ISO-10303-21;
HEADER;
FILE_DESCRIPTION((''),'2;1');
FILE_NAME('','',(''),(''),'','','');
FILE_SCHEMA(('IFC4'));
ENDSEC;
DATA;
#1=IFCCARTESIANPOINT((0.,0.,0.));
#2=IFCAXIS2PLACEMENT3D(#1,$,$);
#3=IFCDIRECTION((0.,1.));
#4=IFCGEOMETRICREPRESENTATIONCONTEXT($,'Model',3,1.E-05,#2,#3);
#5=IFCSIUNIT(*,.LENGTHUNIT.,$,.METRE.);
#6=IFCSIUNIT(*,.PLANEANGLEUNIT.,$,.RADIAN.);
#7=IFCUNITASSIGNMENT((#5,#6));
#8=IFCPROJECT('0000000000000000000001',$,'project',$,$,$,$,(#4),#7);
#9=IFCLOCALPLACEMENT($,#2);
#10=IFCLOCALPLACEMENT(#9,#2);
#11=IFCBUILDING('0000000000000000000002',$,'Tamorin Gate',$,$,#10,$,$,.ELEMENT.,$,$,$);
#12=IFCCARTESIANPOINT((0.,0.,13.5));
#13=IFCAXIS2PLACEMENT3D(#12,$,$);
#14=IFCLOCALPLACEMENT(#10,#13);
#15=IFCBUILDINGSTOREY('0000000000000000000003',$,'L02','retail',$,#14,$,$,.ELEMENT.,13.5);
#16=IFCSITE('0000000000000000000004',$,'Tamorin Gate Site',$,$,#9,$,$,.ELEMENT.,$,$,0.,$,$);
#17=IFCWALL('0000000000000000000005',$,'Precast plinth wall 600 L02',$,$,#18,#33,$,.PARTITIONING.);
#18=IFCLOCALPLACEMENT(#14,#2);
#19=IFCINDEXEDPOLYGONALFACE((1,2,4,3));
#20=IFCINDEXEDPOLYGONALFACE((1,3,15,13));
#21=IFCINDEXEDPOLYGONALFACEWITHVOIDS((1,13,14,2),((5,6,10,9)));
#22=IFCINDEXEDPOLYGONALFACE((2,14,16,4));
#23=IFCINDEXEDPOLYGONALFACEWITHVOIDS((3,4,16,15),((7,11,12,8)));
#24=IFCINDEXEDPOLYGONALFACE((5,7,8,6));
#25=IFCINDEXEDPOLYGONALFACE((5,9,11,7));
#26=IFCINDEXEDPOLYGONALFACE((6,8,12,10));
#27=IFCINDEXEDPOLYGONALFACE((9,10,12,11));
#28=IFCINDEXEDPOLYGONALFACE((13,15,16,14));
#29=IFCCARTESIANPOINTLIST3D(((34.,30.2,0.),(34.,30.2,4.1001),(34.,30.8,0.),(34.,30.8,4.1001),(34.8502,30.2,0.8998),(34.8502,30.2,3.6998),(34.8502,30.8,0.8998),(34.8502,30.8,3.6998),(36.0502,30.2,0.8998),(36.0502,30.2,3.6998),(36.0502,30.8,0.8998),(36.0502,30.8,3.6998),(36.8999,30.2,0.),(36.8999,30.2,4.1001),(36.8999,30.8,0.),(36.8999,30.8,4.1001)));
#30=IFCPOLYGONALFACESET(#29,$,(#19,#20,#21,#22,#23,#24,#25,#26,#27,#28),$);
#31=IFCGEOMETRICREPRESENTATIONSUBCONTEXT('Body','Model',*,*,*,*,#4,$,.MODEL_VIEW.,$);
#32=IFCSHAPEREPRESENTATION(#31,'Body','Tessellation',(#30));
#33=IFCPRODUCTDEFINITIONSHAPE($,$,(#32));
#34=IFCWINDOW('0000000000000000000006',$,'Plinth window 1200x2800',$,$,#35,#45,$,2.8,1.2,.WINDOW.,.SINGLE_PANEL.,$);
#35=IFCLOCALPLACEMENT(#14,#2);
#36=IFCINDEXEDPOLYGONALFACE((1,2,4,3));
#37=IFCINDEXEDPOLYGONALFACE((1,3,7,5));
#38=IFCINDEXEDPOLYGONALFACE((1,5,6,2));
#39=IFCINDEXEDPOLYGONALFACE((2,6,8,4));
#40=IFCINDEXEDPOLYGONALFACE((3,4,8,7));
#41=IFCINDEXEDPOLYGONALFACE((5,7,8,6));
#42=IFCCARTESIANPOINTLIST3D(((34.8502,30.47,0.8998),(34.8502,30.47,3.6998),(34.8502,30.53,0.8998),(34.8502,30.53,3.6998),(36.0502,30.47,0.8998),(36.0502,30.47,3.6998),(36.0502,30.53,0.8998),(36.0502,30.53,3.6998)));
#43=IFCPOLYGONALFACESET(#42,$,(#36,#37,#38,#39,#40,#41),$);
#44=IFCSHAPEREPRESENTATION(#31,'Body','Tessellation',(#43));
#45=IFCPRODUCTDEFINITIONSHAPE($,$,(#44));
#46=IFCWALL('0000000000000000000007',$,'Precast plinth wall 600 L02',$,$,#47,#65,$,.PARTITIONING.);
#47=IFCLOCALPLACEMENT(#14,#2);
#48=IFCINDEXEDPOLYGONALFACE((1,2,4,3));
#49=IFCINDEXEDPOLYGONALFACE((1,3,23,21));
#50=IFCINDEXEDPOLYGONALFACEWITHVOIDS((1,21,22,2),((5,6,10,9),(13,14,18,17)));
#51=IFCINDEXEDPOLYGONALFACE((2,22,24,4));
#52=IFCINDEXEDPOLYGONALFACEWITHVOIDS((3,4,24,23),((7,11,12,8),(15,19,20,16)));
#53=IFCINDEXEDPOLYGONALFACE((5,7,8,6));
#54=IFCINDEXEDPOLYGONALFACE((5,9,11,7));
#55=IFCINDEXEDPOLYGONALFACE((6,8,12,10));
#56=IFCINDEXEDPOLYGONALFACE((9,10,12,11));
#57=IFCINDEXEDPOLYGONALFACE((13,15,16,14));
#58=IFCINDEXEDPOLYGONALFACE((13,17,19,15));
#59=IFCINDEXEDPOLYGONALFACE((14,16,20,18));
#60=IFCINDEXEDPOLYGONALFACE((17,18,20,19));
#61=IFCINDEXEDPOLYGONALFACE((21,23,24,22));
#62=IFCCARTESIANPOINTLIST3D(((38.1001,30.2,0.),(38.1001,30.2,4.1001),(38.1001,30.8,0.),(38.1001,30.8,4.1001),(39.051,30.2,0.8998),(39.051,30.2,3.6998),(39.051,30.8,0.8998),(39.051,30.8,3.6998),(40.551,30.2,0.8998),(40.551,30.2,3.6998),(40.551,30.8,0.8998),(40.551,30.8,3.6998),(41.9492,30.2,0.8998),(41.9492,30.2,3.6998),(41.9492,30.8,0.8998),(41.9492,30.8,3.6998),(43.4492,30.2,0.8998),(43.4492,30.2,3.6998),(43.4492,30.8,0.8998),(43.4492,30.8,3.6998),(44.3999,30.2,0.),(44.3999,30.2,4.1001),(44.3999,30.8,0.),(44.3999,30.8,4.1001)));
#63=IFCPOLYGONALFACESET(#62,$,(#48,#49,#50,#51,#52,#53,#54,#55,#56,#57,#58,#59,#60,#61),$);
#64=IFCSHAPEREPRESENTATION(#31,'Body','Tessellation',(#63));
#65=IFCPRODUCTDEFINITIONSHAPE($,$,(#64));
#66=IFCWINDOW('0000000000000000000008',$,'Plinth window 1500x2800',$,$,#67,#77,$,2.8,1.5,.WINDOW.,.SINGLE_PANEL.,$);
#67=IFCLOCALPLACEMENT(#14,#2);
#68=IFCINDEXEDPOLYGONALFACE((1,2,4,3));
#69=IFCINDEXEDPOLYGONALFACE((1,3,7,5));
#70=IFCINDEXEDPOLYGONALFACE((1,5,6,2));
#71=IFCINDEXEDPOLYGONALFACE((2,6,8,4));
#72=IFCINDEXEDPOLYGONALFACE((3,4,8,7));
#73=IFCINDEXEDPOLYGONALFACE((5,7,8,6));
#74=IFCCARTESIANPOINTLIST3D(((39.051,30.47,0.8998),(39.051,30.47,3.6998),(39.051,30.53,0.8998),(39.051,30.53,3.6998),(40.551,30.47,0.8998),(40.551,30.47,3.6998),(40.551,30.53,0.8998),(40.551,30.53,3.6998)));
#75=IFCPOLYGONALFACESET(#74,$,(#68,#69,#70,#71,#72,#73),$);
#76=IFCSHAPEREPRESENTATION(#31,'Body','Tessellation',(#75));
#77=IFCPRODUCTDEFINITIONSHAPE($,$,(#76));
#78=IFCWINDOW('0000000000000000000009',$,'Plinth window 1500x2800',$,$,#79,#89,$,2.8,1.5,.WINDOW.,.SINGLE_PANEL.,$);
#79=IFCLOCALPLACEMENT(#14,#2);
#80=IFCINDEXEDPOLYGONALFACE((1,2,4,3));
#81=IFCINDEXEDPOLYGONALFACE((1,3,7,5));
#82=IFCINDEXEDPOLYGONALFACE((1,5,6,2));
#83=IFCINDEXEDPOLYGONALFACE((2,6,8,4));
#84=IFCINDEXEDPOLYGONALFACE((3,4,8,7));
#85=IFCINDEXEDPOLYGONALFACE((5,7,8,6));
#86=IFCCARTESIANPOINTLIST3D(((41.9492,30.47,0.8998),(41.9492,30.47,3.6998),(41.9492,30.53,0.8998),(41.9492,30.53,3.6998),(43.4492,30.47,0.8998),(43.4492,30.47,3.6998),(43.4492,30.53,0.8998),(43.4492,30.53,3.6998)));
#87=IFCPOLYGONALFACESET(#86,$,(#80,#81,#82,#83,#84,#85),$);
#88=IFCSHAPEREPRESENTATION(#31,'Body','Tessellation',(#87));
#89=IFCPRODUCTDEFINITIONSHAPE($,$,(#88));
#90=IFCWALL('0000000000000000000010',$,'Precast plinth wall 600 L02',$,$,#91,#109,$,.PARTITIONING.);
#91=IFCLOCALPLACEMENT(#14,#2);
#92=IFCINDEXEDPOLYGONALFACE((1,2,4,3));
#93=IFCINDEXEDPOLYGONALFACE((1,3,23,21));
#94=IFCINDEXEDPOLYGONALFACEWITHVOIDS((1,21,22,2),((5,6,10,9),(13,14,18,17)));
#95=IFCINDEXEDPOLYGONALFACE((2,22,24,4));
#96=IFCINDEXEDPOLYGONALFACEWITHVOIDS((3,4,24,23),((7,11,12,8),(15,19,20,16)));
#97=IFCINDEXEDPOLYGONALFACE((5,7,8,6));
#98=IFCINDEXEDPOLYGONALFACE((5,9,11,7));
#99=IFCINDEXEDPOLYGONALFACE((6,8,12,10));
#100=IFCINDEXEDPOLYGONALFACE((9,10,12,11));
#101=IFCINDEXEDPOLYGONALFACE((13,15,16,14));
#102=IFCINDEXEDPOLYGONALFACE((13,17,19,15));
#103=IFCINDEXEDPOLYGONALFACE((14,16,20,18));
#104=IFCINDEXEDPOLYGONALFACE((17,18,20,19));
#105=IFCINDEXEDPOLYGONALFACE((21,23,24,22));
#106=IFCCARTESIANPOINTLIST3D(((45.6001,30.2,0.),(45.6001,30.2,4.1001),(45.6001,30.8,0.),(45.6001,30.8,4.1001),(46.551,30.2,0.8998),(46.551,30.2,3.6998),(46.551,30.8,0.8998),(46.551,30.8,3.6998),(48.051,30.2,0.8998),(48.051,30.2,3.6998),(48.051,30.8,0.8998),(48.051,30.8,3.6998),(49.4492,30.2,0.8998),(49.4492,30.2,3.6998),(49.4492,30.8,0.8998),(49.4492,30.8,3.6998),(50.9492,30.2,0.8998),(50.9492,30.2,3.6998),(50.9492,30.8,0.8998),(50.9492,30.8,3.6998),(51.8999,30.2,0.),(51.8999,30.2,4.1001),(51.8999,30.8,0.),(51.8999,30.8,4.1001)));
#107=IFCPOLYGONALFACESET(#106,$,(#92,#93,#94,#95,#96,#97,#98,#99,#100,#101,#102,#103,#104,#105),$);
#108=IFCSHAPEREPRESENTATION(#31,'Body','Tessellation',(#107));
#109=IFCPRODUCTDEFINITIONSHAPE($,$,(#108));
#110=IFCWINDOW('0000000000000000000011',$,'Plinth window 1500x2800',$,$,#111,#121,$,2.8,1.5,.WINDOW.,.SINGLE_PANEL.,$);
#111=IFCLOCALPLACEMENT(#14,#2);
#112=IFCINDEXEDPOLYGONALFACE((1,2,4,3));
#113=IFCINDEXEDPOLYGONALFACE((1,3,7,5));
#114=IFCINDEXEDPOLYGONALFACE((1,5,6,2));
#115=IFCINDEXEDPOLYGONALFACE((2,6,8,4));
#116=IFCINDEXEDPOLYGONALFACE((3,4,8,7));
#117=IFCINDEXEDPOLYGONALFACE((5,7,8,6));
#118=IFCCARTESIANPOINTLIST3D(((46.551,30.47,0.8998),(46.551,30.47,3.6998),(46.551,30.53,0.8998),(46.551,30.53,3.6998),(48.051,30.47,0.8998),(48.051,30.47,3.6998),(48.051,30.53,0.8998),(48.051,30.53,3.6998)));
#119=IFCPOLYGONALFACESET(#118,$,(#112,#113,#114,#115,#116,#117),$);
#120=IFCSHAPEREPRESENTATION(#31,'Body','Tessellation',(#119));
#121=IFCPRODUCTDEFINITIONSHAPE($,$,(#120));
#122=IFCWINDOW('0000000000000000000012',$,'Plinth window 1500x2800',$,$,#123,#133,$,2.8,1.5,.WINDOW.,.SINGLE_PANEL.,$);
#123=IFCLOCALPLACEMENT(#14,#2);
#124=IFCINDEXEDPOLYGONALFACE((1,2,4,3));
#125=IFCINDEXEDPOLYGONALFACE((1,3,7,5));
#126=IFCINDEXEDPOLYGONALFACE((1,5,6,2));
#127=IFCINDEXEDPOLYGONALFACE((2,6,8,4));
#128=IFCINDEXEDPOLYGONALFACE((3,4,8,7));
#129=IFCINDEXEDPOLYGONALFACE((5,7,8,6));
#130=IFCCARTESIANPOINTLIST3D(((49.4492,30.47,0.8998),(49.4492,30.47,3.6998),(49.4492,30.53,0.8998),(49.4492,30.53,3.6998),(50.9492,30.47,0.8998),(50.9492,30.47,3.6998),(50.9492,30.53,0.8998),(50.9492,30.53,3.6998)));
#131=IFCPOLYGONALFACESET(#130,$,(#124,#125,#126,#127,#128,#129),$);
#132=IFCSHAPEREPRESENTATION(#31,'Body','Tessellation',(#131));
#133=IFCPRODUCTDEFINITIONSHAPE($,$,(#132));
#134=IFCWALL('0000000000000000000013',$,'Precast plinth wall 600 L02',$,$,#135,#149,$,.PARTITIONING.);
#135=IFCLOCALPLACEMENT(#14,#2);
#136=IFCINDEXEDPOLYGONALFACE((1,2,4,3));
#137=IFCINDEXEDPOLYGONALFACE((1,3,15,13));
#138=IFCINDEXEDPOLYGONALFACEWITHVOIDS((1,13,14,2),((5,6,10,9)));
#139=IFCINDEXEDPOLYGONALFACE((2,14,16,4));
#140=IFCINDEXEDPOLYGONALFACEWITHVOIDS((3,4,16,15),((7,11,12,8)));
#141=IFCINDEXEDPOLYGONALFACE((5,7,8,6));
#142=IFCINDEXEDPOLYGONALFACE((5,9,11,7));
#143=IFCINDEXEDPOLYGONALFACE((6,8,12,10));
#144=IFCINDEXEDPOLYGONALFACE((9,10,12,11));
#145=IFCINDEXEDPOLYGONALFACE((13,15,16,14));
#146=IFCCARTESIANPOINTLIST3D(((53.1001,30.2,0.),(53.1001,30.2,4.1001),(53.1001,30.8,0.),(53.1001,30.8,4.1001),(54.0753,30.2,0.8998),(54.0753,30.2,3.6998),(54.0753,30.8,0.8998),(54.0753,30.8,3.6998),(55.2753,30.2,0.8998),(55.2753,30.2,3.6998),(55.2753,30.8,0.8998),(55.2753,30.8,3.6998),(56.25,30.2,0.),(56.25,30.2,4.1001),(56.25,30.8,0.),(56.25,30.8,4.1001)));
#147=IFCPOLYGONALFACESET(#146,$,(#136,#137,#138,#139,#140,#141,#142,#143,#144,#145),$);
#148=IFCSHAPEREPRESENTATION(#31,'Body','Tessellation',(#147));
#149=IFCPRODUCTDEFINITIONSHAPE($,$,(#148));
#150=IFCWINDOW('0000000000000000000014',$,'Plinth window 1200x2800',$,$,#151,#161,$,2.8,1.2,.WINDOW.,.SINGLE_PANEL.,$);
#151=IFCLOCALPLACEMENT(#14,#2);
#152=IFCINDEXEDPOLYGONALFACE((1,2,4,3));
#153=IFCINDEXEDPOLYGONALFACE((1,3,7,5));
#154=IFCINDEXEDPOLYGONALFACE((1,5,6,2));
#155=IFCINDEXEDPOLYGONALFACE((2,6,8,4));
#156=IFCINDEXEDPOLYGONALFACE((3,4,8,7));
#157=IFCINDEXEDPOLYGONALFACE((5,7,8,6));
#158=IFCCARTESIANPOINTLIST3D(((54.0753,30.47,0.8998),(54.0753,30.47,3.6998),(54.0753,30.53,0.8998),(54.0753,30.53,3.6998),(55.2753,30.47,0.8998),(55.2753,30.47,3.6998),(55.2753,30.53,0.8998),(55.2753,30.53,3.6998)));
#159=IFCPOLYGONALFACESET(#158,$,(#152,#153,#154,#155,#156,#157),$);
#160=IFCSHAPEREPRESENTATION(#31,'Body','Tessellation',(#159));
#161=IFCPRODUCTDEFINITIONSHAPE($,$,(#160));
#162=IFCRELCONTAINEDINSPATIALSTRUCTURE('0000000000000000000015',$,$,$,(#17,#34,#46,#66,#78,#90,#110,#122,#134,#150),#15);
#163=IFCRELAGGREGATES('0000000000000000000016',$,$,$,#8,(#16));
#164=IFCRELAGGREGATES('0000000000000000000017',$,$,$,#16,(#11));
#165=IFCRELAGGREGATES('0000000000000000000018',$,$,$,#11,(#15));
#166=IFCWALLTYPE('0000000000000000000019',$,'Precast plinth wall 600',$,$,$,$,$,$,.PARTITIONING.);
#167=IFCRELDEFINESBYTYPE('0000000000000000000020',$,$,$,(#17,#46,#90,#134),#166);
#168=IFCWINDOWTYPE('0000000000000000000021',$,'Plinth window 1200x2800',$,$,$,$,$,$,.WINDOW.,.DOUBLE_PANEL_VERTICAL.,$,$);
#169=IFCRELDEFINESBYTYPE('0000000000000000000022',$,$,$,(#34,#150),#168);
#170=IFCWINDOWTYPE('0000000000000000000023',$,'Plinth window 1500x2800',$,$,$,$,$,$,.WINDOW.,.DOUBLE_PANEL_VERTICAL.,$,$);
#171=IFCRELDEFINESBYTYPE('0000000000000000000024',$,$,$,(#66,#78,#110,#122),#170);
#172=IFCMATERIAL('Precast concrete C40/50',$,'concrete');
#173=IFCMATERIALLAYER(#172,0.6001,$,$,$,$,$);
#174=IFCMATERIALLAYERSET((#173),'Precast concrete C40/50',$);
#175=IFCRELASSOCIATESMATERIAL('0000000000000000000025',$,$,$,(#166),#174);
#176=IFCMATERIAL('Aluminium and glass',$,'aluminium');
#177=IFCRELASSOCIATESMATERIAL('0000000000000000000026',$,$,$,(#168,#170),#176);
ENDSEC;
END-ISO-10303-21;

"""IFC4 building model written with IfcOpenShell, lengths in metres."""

from ifc_helpers import new_model, si_unit, direction, frame, frame_2d, origin, place, context, subcontext, project, spatial, rectangle, extrude, material, layer, layer_set, type_object, element, fill, save


model = new_model("IFC4")

# Units and contexts
model_context = context("Model", 3, precision=1e-05, world=origin(), true_north=direction((0.0, 1.0)))
body_context = subcontext(model_context, "Body", "Model", "MODEL_VIEW")
ifc_project = project(units=[si_unit("LENGTHUNIT", "METRE"), si_unit("PLANEANGLEUNIT", "RADIAN")], contexts=[model_context])

# Site, building, storey
site_placement = place(None, origin())
site = spatial("IfcSite", under=ifc_project, at=site_placement, Name="Tamorin Gate Site", CompositionType="ELEMENT", RefElevation=0.0)
building_placement = place(site_placement, origin())
building = spatial("IfcBuilding", under=site, at=building_placement, Name="Tamorin Gate", CompositionType="ELEMENT")
storey_placement = place(building_placement, frame((0.0, 0.0, 13.5)))
storey = spatial("IfcBuildingStorey", under=building, at=storey_placement, Name="L02", Description="retail", CompositionType="ELEMENT", Elevation=13.5)

# Wall, opening, window
ifc_material_1 = material(Name="Precast concrete C40/50", Category="concrete")
ifc_layer_1 = layer(ifc_material_1, 0.6001)
ifc_layer_set_1 = layer_set([ifc_layer_1], Name="Precast concrete C40/50")
wall_type_1 = type_object("IfcWallType", Name="Precast plinth wall 600", PredefinedType="PARTITIONING", material=ifc_layer_set_1)
wall_1_placement = place(storey_placement, frame((34.0, 30.5, 0.0), z_axis=(0.0, 0.0, 1.0), x_axis=(1.0, 0.0, 0.0)))
wall_1 = element("IfcWall", 1, at=wall_1_placement, inside=storey, type_object=wall_type_1, Name="Precast plinth wall 600 L02", PredefinedType="PARTITIONING", context=body_context, shape_type="SweptSolid", body=[
    extrude(rectangle(XDim=2.8999, YDim=0.6001, at=frame_2d((1.45, 0.0))), origin(), (0.0, 0.0, 1.0), 4.1001),
])
opening_1_placement = place(wall_1_placement, frame((0.8501, 0.0, 0.8999)))
opening_1 = element("IfcOpeningElement", 2, at=opening_1_placement, cuts=wall_1, PredefinedType="OPENING", context=body_context, shape_type="SweptSolid", body=[
    extrude(rectangle(XDim=1.2, YDim=2.8, at=frame_2d((0.6001, 1.3999))), frame((0.0, 0.3101, 0.0), z_axis=(0.0, -1.0, 0.0), x_axis=(1.0, 0.0, 0.0)), (0.0, 0.0, 1.0), 0.6201),
])
ifc_material_2 = material(Name="Aluminium and glass", Category="aluminium")
window_type_1 = type_object("IfcWindowType", Name="Plinth window 1200x2800", PartitioningType="DOUBLE_PANEL_VERTICAL", PredefinedType="WINDOW", material=ifc_material_2)
window_1_placement = place(opening_1_placement, origin())
window_1 = element("IfcWindow", 3, at=window_1_placement, inside=storey, type_object=window_type_1, Name="Plinth window 1200x2800", OverallHeight=2.8, OverallWidth=1.2, PartitioningType="SINGLE_PANEL", PredefinedType="WINDOW", context=body_context, shape_type="SweptSolid", body=[
    extrude(rectangle(XDim=1.2, YDim=2.8, at=frame_2d((0.6001, 1.3999))), frame((0.0, 0.03, 0.0), z_axis=(0.0, -1.0, 0.0), x_axis=(1.0, 0.0, 0.0)), (0.0, 0.0, 1.0), 0.0601),
])
fill(opening_1, window_1)

# Walls, openings, windows
wall_2_placement = place(storey_placement, frame((38.1001, 30.5, 0.0), z_axis=(0.0, 0.0, 1.0), x_axis=(1.0, 0.0, 0.0)))
wall_2 = element("IfcWall", 4, at=wall_2_placement, inside=storey, type_object=wall_type_1, Name="Precast plinth wall 600 L02", PredefinedType="PARTITIONING", context=body_context, shape_type="SweptSolid", body=[
    extrude(rectangle(XDim=6.2998, YDim=0.6001, at=frame_2d((3.1499, 0.0))), origin(), (0.0, 0.0, 1.0), 4.1001),
])
opening_2_placement = place(wall_2_placement, frame((0.9509, 0.0, 0.8999)))
opening_2 = element("IfcOpeningElement", 5, at=opening_2_placement, cuts=wall_2, PredefinedType="OPENING", context=body_context, shape_type="SweptSolid", body=[
    extrude(rectangle(XDim=1.5, YDim=2.8, at=frame_2d((0.75, 1.3999))), frame((0.0, 0.3101, 0.0), z_axis=(0.0, -1.0, 0.0), x_axis=(1.0, 0.0, 0.0)), (0.0, 0.0, 1.0), 0.6201),
])
opening_3_placement = place(wall_2_placement, frame((3.8491, 0.0, 0.8999)))
opening_3 = element("IfcOpeningElement", 6, at=opening_3_placement, cuts=wall_2, PredefinedType="OPENING", context=body_context, shape_type="SweptSolid", body=[
    extrude(rectangle(XDim=1.5, YDim=2.8, at=frame_2d((0.75, 1.3999))), frame((0.0, 0.3101, 0.0), z_axis=(0.0, -1.0, 0.0), x_axis=(1.0, 0.0, 0.0)), (0.0, 0.0, 1.0), 0.6201),
])
window_type_2 = type_object("IfcWindowType", Name="Plinth window 1500x2800", PartitioningType="DOUBLE_PANEL_VERTICAL", PredefinedType="WINDOW", material=ifc_material_2)
window_2_placement = place(opening_2_placement, origin())
window_2 = element("IfcWindow", 7, at=window_2_placement, inside=storey, type_object=window_type_2, Name="Plinth window 1500x2800", OverallHeight=2.8, OverallWidth=1.5, PartitioningType="SINGLE_PANEL", PredefinedType="WINDOW", context=body_context, shape_type="SweptSolid", body=[
    extrude(rectangle(XDim=1.5, YDim=2.8, at=frame_2d((0.75, 1.3999))), frame((0.0, 0.03, 0.0), z_axis=(0.0, -1.0, 0.0), x_axis=(1.0, 0.0, 0.0)), (0.0, 0.0, 1.0), 0.0601),
])
fill(opening_2, window_2)
window_3_placement = place(opening_3_placement, origin())
window_3 = element("IfcWindow", 8, at=window_3_placement, inside=storey, type_object=window_type_2, Name="Plinth window 1500x2800", OverallHeight=2.8, OverallWidth=1.5, PartitioningType="SINGLE_PANEL", PredefinedType="WINDOW", context=body_context, shape_type="SweptSolid", body=[
    extrude(rectangle(XDim=1.5, YDim=2.8, at=frame_2d((0.75, 1.3999))), frame((0.0, 0.03, 0.0), z_axis=(0.0, -1.0, 0.0), x_axis=(1.0, 0.0, 0.0)), (0.0, 0.0, 1.0), 0.0601),
])
fill(opening_3, window_3)
wall_3_placement = place(storey_placement, frame((45.6001, 30.5, 0.0), z_axis=(0.0, 0.0, 1.0), x_axis=(1.0, 0.0, 0.0)))
wall_3 = element("IfcWall", 9, at=wall_3_placement, inside=storey, type_object=wall_type_1, Name="Precast plinth wall 600 L02", PredefinedType="PARTITIONING", context=body_context, shape_type="SweptSolid", body=[
    extrude(rectangle(XDim=6.2998, YDim=0.6001, at=frame_2d((3.1499, 0.0))), origin(), (0.0, 0.0, 1.0), 4.1001),
])
opening_4_placement = place(wall_3_placement, frame((0.9509, 0.0, 0.8999)))
opening_4 = element("IfcOpeningElement", 10, at=opening_4_placement, cuts=wall_3, PredefinedType="OPENING", context=body_context, shape_type="SweptSolid", body=[
    extrude(rectangle(XDim=1.5, YDim=2.8, at=frame_2d((0.75, 1.3999))), frame((0.0, 0.3101, 0.0), z_axis=(0.0, -1.0, 0.0), x_axis=(1.0, 0.0, 0.0)), (0.0, 0.0, 1.0), 0.6201),
])
opening_5_placement = place(wall_3_placement, frame((3.8491, 0.0, 0.8999)))
opening_5 = element("IfcOpeningElement", 11, at=opening_5_placement, cuts=wall_3, PredefinedType="OPENING", context=body_context, shape_type="SweptSolid", body=[
    extrude(rectangle(XDim=1.5, YDim=2.8, at=frame_2d((0.75, 1.3999))), frame((0.0, 0.3101, 0.0), z_axis=(0.0, -1.0, 0.0), x_axis=(1.0, 0.0, 0.0)), (0.0, 0.0, 1.0), 0.6201),
])
window_4_placement = place(opening_4_placement, origin())
window_4 = element("IfcWindow", 12, at=window_4_placement, inside=storey, type_object=window_type_2, Name="Plinth window 1500x2800", OverallHeight=2.8, OverallWidth=1.5, PartitioningType="SINGLE_PANEL", PredefinedType="WINDOW", context=body_context, shape_type="SweptSolid", body=[
    extrude(rectangle(XDim=1.5, YDim=2.8, at=frame_2d((0.75, 1.3999))), frame((0.0, 0.03, 0.0), z_axis=(0.0, -1.0, 0.0), x_axis=(1.0, 0.0, 0.0)), (0.0, 0.0, 1.0), 0.0601),
])
fill(opening_4, window_4)
window_5_placement = place(opening_5_placement, origin())
window_5 = element("IfcWindow", 13, at=window_5_placement, inside=storey, type_object=window_type_2, Name="Plinth window 1500x2800", OverallHeight=2.8, OverallWidth=1.5, PartitioningType="SINGLE_PANEL", PredefinedType="WINDOW", context=body_context, shape_type="SweptSolid", body=[
    extrude(rectangle(XDim=1.5, YDim=2.8, at=frame_2d((0.75, 1.3999))), frame((0.0, 0.03, 0.0), z_axis=(0.0, -1.0, 0.0), x_axis=(1.0, 0.0, 0.0)), (0.0, 0.0, 1.0), 0.0601),
])
fill(opening_5, window_5)

# Wall, opening, window
wall_4_placement = place(storey_placement, frame((53.1001, 30.5, 0.0), z_axis=(0.0, 0.0, 1.0), x_axis=(1.0, 0.0, 0.0)))
wall_4 = element("IfcWall", 14, at=wall_4_placement, inside=storey, type_object=wall_type_1, Name="Precast plinth wall 600 L02", PredefinedType="PARTITIONING", context=body_context, shape_type="SweptSolid", body=[
    extrude(rectangle(XDim=3.1499, YDim=0.6001, at=frame_2d((1.575, 0.0))), origin(), (0.0, 0.0, 1.0), 4.1001),
])
opening_6_placement = place(wall_4_placement, frame((0.9751, 0.0, 0.8999)))
opening_6 = element("IfcOpeningElement", 15, at=opening_6_placement, cuts=wall_4, PredefinedType="OPENING", context=body_context, shape_type="SweptSolid", body=[
    extrude(rectangle(XDim=1.2, YDim=2.8, at=frame_2d((0.6001, 1.3999))), frame((0.0, 0.3101, 0.0), z_axis=(0.0, -1.0, 0.0), x_axis=(1.0, 0.0, 0.0)), (0.0, 0.0, 1.0), 0.6201),
])
window_6_placement = place(opening_6_placement, origin())
window_6 = element("IfcWindow", 16, at=window_6_placement, inside=storey, type_object=window_type_1, Name="Plinth window 1200x2800", OverallHeight=2.8, OverallWidth=1.2, PartitioningType="SINGLE_PANEL", PredefinedType="WINDOW", context=body_context, shape_type="SweptSolid", body=[
    extrude(rectangle(XDim=1.2, YDim=2.8, at=frame_2d((0.6001, 1.3999))), frame((0.0, 0.03, 0.0), z_axis=(0.0, -1.0, 0.0), x_axis=(1.0, 0.0, 0.0)), (0.0, 0.0, 1.0), 0.0601),
])
fill(opening_6, window_6)

save(model, "model.ifc")
